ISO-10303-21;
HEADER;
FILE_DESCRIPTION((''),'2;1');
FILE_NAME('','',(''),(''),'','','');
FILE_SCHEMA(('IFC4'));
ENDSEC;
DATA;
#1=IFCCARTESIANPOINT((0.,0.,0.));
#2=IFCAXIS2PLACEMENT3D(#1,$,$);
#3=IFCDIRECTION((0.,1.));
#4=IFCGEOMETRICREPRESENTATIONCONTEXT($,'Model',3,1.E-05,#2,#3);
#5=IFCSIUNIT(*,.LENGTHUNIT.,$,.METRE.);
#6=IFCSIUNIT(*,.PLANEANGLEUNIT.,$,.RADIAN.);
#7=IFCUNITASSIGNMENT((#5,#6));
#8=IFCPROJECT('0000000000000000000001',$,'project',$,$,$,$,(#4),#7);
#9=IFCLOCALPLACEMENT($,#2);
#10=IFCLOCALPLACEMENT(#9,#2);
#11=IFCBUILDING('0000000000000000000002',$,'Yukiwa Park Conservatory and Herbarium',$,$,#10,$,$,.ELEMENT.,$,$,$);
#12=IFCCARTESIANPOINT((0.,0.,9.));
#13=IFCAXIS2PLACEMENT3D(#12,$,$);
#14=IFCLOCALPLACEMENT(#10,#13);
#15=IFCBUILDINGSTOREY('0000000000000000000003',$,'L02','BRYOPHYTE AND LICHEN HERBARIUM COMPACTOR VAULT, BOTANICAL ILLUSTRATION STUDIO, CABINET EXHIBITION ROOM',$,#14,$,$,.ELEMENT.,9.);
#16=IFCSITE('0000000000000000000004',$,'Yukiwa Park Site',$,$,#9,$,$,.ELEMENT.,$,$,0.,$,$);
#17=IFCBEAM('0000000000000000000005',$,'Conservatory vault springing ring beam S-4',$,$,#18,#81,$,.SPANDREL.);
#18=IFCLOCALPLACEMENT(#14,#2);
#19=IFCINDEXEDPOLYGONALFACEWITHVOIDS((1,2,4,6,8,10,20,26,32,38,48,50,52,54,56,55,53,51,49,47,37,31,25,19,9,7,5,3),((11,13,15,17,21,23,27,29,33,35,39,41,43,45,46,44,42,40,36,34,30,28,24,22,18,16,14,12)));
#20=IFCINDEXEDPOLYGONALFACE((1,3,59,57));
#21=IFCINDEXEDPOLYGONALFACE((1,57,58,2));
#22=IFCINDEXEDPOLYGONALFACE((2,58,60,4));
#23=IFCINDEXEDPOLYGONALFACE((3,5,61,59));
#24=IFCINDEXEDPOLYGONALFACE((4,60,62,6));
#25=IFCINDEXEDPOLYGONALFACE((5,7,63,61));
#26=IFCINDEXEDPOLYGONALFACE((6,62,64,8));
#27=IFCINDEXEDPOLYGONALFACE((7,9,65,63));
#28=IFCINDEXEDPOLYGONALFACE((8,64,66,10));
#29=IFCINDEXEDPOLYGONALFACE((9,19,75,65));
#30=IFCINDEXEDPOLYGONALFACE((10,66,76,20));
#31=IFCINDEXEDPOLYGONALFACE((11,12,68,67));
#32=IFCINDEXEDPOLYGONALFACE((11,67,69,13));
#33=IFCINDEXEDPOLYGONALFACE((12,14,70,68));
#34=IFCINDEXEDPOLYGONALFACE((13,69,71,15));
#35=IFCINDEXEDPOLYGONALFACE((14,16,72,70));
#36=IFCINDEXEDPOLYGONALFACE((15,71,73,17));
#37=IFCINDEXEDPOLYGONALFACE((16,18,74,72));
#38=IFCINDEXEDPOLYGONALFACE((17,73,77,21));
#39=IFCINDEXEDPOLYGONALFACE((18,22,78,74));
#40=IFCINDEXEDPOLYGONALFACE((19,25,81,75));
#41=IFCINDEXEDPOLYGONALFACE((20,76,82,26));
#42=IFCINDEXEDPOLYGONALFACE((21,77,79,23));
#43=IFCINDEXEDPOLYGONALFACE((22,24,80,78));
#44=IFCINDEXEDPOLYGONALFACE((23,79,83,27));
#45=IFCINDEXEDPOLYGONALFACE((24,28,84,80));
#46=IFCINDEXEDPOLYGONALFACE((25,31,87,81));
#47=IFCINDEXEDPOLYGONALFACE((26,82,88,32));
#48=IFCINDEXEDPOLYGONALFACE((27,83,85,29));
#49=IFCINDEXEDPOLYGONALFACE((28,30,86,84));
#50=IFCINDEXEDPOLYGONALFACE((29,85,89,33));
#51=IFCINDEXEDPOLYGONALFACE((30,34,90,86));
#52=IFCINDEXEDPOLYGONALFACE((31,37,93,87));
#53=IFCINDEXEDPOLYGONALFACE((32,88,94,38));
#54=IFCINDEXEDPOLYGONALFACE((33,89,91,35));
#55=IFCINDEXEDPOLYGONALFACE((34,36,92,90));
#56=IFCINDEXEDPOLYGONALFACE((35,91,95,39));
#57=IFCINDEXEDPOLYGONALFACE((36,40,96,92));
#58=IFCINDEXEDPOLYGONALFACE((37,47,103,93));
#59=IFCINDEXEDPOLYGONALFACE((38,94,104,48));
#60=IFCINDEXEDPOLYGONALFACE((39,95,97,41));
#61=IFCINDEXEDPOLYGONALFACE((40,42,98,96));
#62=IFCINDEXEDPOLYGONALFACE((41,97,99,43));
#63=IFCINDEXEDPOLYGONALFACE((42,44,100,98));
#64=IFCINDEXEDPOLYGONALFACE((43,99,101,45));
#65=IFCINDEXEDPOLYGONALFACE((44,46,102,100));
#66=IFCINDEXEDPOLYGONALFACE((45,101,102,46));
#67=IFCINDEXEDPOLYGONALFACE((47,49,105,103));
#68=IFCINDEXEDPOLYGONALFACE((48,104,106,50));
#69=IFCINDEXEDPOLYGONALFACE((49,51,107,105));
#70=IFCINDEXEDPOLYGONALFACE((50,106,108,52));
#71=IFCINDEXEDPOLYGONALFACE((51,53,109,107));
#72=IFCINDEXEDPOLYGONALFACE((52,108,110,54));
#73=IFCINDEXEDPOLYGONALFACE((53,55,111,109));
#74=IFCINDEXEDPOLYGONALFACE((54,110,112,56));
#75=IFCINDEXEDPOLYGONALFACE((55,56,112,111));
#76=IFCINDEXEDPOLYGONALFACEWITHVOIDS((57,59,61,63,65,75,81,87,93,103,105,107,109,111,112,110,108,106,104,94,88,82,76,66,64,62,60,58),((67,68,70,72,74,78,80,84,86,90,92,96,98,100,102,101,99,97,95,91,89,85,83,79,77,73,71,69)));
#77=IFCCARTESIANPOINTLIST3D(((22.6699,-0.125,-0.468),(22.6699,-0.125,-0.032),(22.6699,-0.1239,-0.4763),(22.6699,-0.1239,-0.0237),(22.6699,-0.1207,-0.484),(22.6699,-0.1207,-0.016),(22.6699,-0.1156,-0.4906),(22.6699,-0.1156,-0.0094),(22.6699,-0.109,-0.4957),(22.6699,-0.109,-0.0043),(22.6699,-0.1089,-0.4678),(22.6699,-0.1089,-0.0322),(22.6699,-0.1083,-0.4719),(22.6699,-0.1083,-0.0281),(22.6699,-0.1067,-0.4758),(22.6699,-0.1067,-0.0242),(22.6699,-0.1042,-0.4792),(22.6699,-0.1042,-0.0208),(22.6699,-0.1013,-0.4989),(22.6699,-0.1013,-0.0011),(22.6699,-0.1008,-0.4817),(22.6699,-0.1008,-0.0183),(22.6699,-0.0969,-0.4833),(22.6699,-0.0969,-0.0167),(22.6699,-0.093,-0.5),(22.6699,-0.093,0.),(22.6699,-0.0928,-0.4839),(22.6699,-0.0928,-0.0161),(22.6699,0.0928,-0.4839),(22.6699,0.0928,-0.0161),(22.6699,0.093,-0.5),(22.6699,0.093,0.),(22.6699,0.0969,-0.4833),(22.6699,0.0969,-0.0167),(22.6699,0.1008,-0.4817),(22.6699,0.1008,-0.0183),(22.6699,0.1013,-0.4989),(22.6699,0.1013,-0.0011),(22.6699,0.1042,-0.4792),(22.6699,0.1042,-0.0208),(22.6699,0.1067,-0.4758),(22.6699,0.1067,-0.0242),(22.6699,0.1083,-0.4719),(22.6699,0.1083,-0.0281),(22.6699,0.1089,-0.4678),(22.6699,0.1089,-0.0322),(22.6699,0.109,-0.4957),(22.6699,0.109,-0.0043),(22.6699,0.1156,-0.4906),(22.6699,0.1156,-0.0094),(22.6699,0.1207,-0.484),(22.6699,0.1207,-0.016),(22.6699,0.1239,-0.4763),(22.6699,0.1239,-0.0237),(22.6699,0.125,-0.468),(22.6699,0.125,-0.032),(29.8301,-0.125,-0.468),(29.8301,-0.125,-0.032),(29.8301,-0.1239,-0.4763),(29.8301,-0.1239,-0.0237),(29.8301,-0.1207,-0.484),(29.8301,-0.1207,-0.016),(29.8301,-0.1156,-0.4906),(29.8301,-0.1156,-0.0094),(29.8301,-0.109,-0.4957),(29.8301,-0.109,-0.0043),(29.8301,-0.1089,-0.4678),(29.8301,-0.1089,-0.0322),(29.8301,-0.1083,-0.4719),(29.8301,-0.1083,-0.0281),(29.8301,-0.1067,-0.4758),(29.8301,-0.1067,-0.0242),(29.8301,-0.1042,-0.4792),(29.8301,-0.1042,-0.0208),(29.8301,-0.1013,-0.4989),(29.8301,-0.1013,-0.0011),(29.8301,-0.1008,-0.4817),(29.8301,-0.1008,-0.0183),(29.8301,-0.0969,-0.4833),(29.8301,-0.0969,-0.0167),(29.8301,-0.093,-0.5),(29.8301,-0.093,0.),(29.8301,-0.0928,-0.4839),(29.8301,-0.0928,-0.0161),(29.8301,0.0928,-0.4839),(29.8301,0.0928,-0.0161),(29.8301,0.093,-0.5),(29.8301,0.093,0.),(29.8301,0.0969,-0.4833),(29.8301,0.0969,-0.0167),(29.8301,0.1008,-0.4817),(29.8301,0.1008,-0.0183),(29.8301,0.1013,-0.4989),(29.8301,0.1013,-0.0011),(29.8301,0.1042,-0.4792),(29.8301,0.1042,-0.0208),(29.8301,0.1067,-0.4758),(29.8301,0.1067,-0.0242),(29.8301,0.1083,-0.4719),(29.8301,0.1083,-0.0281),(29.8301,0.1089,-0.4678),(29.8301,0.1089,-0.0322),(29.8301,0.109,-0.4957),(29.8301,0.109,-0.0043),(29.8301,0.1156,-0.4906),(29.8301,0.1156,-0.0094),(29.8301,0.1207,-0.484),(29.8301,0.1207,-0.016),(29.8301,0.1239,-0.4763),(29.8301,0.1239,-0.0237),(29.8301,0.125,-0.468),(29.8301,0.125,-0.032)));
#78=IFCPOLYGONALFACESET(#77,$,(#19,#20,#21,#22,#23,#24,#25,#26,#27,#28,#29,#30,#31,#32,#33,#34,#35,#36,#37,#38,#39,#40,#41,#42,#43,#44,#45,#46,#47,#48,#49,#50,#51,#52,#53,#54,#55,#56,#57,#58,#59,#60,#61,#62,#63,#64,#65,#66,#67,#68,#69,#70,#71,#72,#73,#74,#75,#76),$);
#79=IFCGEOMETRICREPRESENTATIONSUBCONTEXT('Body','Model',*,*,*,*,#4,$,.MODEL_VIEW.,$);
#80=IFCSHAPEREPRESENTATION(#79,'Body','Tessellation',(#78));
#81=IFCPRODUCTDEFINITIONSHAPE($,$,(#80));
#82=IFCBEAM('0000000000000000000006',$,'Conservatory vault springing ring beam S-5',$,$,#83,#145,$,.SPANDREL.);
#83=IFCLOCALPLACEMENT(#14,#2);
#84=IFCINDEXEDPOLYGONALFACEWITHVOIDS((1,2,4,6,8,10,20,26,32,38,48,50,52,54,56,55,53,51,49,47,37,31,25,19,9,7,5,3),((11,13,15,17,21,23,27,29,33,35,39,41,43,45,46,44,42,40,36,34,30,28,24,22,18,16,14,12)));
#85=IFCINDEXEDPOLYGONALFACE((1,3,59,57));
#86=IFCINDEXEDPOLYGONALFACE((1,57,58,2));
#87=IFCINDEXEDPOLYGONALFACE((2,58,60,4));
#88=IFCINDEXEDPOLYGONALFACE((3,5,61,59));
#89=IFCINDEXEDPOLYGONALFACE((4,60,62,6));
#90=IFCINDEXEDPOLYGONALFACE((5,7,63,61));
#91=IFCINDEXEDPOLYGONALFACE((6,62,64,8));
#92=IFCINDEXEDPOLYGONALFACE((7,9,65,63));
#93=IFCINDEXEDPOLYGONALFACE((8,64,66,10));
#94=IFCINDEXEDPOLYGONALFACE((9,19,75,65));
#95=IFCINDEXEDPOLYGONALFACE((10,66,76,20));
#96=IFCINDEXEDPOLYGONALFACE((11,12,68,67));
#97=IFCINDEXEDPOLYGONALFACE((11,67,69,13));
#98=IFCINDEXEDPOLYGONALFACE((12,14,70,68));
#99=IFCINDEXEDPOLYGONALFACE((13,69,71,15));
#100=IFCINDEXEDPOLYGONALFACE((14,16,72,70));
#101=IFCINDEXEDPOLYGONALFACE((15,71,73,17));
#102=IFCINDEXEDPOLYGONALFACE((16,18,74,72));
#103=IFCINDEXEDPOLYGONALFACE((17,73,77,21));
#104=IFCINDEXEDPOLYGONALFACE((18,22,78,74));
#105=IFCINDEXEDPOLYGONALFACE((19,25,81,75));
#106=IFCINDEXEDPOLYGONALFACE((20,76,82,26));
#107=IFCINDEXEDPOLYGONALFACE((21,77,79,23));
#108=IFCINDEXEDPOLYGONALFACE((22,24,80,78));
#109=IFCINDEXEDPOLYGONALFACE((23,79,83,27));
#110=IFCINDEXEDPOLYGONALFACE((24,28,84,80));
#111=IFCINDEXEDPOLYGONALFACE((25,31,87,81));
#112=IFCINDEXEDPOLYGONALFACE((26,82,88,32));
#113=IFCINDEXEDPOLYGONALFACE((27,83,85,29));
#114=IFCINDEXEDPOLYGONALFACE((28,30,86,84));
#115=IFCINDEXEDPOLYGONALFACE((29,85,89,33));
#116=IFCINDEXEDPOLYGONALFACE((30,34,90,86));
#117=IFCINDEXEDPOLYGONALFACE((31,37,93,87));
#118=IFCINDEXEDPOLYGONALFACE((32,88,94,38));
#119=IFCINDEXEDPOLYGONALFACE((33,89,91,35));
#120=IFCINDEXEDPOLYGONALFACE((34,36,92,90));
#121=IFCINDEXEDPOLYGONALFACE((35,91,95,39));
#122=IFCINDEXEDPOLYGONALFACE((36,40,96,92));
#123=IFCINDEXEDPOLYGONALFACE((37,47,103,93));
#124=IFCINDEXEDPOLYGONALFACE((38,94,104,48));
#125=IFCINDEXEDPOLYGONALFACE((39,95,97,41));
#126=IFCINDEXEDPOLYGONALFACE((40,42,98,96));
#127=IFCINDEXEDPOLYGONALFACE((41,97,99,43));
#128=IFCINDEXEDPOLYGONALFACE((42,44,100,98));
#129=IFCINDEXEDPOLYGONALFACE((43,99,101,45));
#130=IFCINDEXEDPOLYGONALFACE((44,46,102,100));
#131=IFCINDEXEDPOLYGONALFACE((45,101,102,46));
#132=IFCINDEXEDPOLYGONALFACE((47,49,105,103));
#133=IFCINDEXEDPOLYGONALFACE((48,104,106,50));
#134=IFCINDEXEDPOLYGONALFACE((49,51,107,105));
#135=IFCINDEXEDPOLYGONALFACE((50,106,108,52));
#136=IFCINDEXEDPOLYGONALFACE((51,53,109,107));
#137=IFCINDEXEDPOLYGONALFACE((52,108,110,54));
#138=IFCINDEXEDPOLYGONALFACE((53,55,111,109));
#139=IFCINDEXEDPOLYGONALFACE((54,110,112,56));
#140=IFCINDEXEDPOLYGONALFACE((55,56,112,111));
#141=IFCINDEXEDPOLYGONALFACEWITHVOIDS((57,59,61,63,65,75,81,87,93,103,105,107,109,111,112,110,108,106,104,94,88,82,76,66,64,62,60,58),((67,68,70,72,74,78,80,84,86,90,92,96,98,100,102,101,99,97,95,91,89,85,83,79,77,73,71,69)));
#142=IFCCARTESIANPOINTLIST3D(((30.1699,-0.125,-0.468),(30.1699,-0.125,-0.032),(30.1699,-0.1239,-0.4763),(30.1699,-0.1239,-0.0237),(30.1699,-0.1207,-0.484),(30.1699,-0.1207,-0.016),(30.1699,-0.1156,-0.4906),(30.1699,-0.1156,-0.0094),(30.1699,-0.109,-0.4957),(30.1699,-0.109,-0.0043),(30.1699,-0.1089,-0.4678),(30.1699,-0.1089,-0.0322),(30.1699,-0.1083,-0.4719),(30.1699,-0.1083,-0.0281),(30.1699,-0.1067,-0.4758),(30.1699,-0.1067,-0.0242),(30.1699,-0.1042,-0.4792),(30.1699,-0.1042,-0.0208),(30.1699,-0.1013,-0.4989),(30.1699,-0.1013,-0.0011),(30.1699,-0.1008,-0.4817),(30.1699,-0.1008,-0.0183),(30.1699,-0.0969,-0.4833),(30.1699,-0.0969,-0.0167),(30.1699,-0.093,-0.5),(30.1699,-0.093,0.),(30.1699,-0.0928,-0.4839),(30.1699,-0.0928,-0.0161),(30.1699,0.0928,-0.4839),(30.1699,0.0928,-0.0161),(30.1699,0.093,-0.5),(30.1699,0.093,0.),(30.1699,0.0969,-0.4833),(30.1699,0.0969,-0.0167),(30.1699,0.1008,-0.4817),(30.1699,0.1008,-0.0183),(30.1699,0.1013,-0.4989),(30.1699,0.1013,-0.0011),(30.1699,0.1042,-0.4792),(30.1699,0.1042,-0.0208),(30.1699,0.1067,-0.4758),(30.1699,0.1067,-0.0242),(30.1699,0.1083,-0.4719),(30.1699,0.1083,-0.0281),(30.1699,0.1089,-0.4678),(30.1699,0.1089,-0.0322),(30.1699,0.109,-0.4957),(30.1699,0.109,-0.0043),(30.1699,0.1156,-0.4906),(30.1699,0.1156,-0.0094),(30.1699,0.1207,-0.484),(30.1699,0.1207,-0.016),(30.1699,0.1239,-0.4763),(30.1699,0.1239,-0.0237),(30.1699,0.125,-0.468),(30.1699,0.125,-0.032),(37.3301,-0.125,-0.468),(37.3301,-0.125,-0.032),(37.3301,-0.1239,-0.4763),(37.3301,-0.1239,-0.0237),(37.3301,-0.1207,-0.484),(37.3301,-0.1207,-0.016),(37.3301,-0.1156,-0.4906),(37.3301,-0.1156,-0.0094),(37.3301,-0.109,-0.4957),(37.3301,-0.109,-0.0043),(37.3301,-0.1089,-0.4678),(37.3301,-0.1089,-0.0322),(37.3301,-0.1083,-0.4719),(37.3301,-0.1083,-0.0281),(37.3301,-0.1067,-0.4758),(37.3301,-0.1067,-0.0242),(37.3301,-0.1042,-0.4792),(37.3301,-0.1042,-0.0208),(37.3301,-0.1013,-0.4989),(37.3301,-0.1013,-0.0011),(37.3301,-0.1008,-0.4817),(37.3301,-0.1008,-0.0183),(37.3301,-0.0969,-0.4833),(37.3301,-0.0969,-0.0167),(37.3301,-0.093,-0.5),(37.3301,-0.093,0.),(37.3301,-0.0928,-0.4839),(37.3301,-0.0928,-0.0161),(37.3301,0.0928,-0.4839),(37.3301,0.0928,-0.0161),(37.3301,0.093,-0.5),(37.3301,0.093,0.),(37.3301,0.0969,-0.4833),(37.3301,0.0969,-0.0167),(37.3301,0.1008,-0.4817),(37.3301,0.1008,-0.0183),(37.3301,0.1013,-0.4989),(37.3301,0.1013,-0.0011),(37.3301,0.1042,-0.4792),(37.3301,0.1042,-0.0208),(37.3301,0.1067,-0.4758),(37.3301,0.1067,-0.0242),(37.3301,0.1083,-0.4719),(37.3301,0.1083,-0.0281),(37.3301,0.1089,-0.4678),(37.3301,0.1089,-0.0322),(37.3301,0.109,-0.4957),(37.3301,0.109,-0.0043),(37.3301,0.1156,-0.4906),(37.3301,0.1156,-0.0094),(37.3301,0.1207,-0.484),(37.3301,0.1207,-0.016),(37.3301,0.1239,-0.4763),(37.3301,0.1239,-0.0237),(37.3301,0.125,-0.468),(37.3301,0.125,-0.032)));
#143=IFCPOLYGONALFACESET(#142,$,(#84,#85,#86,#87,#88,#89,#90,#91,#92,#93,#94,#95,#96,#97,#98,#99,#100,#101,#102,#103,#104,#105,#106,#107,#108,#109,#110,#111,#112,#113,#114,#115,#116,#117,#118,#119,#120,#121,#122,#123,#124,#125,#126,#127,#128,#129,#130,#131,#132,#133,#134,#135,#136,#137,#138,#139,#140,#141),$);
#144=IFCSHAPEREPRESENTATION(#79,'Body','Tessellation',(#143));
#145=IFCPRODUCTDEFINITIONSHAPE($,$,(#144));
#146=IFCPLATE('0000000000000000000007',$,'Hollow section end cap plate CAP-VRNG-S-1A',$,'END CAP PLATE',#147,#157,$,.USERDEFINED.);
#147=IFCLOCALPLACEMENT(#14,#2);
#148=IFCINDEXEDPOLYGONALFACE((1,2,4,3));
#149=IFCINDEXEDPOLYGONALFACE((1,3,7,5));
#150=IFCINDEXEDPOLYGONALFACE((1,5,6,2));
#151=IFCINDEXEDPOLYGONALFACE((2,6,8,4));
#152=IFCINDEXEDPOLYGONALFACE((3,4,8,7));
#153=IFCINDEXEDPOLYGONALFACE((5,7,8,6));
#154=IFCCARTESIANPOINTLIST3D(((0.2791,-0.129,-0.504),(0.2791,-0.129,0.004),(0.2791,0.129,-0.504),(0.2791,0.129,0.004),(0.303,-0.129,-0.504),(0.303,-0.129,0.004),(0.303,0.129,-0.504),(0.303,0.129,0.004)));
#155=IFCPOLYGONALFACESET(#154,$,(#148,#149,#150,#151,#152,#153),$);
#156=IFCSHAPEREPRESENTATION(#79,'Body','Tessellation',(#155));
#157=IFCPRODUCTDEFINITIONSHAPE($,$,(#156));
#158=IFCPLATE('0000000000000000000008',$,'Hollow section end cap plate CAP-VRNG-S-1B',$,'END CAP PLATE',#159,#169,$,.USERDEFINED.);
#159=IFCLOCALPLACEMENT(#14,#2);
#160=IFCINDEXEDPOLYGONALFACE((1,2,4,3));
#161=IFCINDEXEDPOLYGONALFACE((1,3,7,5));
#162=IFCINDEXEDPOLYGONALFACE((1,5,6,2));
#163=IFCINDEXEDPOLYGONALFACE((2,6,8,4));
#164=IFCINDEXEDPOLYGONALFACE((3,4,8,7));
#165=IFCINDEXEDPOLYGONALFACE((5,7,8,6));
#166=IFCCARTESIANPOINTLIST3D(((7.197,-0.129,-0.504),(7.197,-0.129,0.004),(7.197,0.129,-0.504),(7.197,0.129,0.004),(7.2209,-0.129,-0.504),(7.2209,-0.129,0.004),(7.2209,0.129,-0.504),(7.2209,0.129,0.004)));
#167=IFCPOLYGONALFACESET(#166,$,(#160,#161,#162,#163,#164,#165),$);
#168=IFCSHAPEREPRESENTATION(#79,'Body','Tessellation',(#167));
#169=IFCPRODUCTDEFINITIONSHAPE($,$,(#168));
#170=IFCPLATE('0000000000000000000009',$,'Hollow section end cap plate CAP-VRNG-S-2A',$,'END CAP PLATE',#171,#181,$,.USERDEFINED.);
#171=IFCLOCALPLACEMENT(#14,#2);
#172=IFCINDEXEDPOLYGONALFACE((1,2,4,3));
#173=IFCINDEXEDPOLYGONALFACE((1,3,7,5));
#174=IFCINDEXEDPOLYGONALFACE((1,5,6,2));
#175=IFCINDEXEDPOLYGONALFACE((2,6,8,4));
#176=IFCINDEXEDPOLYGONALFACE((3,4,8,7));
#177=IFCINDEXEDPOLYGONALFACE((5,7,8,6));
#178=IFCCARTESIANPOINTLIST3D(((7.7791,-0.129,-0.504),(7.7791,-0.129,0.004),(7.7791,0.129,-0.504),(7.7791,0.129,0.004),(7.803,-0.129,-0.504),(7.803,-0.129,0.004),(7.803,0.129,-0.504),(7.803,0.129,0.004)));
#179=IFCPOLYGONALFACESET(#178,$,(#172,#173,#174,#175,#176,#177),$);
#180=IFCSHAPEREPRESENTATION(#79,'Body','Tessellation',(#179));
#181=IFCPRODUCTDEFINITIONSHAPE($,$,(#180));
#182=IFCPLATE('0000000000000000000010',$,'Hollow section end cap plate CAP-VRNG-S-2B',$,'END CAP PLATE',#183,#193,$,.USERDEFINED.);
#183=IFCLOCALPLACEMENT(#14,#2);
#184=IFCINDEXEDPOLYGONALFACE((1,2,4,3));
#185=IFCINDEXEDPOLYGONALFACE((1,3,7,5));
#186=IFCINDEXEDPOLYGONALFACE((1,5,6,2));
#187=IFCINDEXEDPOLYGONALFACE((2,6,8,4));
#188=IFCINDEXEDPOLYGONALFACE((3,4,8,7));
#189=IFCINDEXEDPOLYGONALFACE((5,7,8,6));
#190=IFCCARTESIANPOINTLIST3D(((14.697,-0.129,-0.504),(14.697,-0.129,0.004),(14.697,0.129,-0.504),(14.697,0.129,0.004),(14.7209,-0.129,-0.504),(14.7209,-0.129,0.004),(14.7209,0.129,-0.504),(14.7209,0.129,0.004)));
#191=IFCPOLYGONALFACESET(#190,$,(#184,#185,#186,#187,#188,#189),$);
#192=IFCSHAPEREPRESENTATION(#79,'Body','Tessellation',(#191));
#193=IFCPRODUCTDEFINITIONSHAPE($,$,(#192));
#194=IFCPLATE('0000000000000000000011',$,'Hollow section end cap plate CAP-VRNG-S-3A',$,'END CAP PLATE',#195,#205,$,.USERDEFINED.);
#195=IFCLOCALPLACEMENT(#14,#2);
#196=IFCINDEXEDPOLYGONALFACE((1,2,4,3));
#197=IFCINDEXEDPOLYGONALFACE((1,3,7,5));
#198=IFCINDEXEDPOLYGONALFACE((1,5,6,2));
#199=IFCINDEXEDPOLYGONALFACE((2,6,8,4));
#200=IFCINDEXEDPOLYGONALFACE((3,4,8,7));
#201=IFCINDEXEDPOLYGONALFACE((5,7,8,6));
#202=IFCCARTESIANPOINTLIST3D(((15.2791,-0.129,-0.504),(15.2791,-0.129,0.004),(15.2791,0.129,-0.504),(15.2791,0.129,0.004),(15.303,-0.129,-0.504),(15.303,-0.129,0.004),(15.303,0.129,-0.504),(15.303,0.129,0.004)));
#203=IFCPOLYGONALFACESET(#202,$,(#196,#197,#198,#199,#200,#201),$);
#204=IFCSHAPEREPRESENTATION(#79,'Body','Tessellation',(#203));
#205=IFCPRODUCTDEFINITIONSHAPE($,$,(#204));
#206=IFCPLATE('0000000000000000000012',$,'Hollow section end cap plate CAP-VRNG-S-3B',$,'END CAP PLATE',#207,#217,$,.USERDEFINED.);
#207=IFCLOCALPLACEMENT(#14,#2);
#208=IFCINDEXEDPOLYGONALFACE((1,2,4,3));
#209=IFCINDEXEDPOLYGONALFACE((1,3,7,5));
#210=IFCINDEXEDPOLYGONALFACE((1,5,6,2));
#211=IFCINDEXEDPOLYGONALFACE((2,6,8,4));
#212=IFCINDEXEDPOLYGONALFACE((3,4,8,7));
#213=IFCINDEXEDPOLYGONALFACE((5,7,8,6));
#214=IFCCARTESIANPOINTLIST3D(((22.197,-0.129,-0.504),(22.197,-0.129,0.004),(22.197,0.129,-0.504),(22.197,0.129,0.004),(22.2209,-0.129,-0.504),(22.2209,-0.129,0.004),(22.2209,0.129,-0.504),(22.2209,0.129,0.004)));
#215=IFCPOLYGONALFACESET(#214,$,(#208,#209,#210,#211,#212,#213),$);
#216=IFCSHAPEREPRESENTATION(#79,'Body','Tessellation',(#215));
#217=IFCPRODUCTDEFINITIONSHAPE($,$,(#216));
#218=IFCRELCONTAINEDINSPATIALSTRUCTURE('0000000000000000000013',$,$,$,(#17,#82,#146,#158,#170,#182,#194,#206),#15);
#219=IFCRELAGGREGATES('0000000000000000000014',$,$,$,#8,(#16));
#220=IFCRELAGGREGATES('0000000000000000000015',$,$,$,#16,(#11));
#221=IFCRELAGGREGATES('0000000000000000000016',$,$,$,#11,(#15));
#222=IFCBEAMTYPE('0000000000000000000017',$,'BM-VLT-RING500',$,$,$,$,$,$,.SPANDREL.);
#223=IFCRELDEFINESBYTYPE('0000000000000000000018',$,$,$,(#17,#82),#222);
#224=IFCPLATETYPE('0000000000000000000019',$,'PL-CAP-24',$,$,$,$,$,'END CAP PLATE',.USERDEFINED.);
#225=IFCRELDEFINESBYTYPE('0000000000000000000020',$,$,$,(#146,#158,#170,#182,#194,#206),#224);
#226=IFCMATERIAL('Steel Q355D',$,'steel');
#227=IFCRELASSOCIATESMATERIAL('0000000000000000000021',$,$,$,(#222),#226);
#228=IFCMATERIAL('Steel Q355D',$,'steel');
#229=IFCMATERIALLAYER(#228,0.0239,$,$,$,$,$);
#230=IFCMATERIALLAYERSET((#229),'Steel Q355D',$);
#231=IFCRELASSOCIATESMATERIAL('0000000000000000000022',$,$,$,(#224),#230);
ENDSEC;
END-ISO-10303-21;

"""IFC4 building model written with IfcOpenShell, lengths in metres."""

from ifc_helpers import new_model, si_unit, direction, frame, origin, origin_2d, place, context, subcontext, project, spatial, rectangle, hollow_rectangle, extrude, material, layer, layer_set, material_profile, profile_set, type_object, element, save


model = new_model("IFC4")

# Units and contexts
model_context = context("Model", 3, precision=1e-05, world=origin(), true_north=direction((0.0, 1.0)))
body_context = subcontext(model_context, "Body", "Model", "MODEL_VIEW")
ifc_project = project(units=[si_unit("LENGTHUNIT", "METRE"), si_unit("PLANEANGLEUNIT", "RADIAN")], contexts=[model_context])

# Site, building, storey
site_placement = place(None, origin())
site = spatial("IfcSite", under=ifc_project, at=site_placement, Name="Yukiwa Park Site", CompositionType="ELEMENT", RefElevation=0.0)
building_placement = place(site_placement, origin())
building = spatial("IfcBuilding", under=site, at=building_placement, Name="Yukiwa Park Conservatory and Herbarium", CompositionType="ELEMENT")
storey_placement = place(building_placement, frame((0.0, 0.0, 9.0)))
storey = spatial("IfcBuildingStorey", under=building, at=storey_placement, Name="L02", Description="BRYOPHYTE AND LICHEN HERBARIUM COMPACTOR VAULT, BOTANICAL ILLUSTRATION STUDIO, CABINET EXHIBITION ROOM", CompositionType="ELEMENT", Elevation=9.0)

# Beams
ifc_material_1 = material(Name="Steel Q355D", Category="steel")
ifc_material_profile = material_profile(ifc_material_1, hollow_rectangle(XDim=0.25, YDim=0.5, WallThickness=0.0161, InnerFilletRadius=0.0161, OuterFilletRadius=0.032, at=origin_2d()), Name="RHS 500x250x16")
ifc_profile_set = profile_set([ifc_material_profile], Name="Steel Q355D")
beam_type = type_object("IfcBeamType", Name="BM-VLT-RING500", PredefinedType="SPANDREL", material=ifc_profile_set)
for number, where, z_axis, x_axis, name in (
    (1, (22.6699, 0.0, -0.25), (1.0, 0.0, 0.0), (0.0, 1.0, 0.0), "Conservatory vault springing ring beam S-4"),
    (2, (30.1699, 0.0, -0.25), (1.0, 0.0, 0.0), (0.0, 1.0, 0.0), "Conservatory vault springing ring beam S-5"),
):
    element("IfcBeam", number, at=place(storey_placement, frame(where, z_axis=z_axis, x_axis=x_axis)), inside=storey, type_object=beam_type, Name=name, PredefinedType="SPANDREL", context=body_context, shape_type="SweptSolid", body=[
        extrude(hollow_rectangle(XDim=0.25, YDim=0.5, WallThickness=0.0161, InnerFilletRadius=0.0161, OuterFilletRadius=0.032, at=origin_2d()), origin(), (0.0, 0.0, 1.0), 7.1602),
    ])

# Plates
ifc_material_2 = material(Name="Steel Q355D", Category="steel")
ifc_layer_1 = layer(ifc_material_2, 0.0239)
ifc_layer_set_1 = layer_set([ifc_layer_1], Name="Steel Q355D")
plate_type = type_object("IfcPlateType", Name="PL-CAP-24", ElementType="END CAP PLATE", PredefinedType="USERDEFINED", material=ifc_layer_set_1)
for number, where, z_axis, x_axis, name in (
    (3, (0.303, 0.0, -0.25), (-1.0, 0.0, 0.0), (0.0, -1.0, 0.0), "Hollow section end cap plate CAP-VRNG-S-1A"),
    (4, (7.197, 0.0, -0.25), (1.0, 0.0, 0.0), (0.0, 1.0, 0.0), "Hollow section end cap plate CAP-VRNG-S-1B"),
    (5, (7.803, 0.0, -0.25), (-1.0, 0.0, 0.0), (0.0, -1.0, 0.0), "Hollow section end cap plate CAP-VRNG-S-2A"),
    (6, (14.697, 0.0, -0.25), (1.0, 0.0, 0.0), (0.0, 1.0, 0.0), "Hollow section end cap plate CAP-VRNG-S-2B"),
    (7, (15.303, 0.0, -0.25), (-1.0, 0.0, 0.0), (0.0, -1.0, 0.0), "Hollow section end cap plate CAP-VRNG-S-3A"),
    (8, (22.197, 0.0, -0.25), (1.0, 0.0, 0.0), (0.0, 1.0, 0.0), "Hollow section end cap plate CAP-VRNG-S-3B"),
):
    element("IfcPlate", number, at=place(storey_placement, frame(where, z_axis=z_axis, x_axis=x_axis)), inside=storey, type_object=plate_type, Name=name, ObjectType="END CAP PLATE", PredefinedType="USERDEFINED", context=body_context, shape_type="SweptSolid", body=[
        extrude(rectangle(XDim=0.2581, YDim=0.5081, at=origin_2d()), origin(), (0.0, 0.0, 1.0), 0.0239),
    ])

save(model, "model.ifc")
